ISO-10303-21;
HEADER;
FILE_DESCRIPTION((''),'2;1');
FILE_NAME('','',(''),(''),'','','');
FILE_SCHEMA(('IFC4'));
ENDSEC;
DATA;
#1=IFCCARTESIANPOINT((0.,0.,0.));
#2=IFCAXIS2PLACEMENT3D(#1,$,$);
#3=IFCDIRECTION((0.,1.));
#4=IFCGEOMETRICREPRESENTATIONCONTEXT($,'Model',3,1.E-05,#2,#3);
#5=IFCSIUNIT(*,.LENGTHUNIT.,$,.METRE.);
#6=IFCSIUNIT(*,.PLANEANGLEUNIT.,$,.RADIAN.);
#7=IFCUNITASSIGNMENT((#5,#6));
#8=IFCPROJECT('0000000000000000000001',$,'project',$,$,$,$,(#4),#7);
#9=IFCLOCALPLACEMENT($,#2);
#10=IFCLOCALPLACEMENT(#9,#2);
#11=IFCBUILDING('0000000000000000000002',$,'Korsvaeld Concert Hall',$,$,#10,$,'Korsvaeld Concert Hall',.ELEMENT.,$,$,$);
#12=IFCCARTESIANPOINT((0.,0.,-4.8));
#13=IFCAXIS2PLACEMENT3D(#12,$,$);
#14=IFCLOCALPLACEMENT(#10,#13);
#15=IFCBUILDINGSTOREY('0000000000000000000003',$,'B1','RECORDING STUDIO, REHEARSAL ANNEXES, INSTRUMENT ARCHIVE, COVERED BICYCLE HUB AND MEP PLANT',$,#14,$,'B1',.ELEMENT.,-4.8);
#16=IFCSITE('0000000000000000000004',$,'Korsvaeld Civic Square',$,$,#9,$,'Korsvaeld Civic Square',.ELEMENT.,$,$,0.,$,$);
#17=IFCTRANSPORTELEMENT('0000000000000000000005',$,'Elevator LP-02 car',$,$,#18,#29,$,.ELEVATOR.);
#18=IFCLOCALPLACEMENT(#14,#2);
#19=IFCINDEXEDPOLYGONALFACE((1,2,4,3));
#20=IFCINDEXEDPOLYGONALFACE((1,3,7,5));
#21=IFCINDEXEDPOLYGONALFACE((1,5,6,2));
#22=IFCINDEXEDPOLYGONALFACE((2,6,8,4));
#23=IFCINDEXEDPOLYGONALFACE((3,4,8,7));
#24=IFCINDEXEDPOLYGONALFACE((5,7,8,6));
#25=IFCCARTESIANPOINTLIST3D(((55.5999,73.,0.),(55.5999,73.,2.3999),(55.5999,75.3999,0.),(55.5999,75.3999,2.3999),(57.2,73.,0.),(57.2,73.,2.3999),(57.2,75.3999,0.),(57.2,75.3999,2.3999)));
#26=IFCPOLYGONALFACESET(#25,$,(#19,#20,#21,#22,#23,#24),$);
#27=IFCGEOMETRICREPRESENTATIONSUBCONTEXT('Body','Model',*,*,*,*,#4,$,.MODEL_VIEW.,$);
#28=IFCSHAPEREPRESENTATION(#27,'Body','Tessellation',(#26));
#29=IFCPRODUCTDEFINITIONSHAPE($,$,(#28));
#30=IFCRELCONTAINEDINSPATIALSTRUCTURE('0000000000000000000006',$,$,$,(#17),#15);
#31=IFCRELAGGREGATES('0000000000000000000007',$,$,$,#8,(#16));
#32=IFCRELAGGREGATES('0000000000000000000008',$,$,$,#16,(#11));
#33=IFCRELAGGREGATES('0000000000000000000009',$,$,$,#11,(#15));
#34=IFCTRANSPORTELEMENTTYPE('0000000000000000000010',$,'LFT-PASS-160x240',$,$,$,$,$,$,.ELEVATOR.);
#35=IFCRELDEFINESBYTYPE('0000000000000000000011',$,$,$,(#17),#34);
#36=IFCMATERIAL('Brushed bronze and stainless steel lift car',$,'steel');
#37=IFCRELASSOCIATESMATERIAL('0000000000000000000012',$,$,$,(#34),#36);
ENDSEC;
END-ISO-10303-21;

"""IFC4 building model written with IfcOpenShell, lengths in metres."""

from ifc_helpers import new_model, si_unit, direction, frame, origin, origin_2d, place, context, subcontext, project, spatial, rectangle, extrude, material, type_object, element, save


model = new_model("IFC4")

# Units and contexts
model_context = context("Model", 3, precision=1e-05, world=origin(), true_north=direction((0.0, 1.0)))
body_context = subcontext(model_context, "Body", "Model", "MODEL_VIEW")
ifc_project = project(units=[si_unit("LENGTHUNIT", "METRE"), si_unit("PLANEANGLEUNIT", "RADIAN")], contexts=[model_context])

# Site, building, storey
site_placement = place(None, origin())
site = spatial("IfcSite", under=ifc_project, at=site_placement, Name="Korsvaeld Civic Square", LongName="Korsvaeld Civic Square", CompositionType="ELEMENT", RefElevation=0.0)
building_placement = place(site_placement, origin())
building = spatial("IfcBuilding", under=site, at=building_placement, Name="Korsvaeld Concert Hall", LongName="Korsvaeld Concert Hall", CompositionType="ELEMENT")
storey_placement = place(building_placement, frame((0.0, 0.0, -4.8)))
storey = spatial("IfcBuildingStorey", under=building, at=storey_placement, Name="B1", Description="RECORDING STUDIO, REHEARSAL ANNEXES, INSTRUMENT ARCHIVE, COVERED BICYCLE HUB AND MEP PLANT", LongName="B1", CompositionType="ELEMENT", Elevation=-4.8)

# Transport element
ifc_material_1 = material(Name="Brushed bronze and stainless steel lift car", Category="steel")
transport_element_type = type_object("IfcTransportElementType", Name="LFT-PASS-160x240", PredefinedType="ELEVATOR", material=ifc_material_1)
for number, where, z_axis, x_axis, name in (
    (1, (56.3999, 74.2, 0.0), (0.0, 0.0, 1.0), (1.0, 0.0, 0.0), "Elevator LP-02 car"),
):
    element("IfcTransportElement", number, at=place(storey_placement, frame(where, z_axis=z_axis, x_axis=x_axis)), inside=storey, type_object=transport_element_type, Name=name, PredefinedType="ELEVATOR", context=body_context, shape_type="SweptSolid", body=[
        extrude(rectangle(XDim=1.6001, YDim=2.3999, at=origin_2d()), origin(), (0.0, 0.0, 1.0), 2.3999),
    ])

save(model, "model.ifc")
